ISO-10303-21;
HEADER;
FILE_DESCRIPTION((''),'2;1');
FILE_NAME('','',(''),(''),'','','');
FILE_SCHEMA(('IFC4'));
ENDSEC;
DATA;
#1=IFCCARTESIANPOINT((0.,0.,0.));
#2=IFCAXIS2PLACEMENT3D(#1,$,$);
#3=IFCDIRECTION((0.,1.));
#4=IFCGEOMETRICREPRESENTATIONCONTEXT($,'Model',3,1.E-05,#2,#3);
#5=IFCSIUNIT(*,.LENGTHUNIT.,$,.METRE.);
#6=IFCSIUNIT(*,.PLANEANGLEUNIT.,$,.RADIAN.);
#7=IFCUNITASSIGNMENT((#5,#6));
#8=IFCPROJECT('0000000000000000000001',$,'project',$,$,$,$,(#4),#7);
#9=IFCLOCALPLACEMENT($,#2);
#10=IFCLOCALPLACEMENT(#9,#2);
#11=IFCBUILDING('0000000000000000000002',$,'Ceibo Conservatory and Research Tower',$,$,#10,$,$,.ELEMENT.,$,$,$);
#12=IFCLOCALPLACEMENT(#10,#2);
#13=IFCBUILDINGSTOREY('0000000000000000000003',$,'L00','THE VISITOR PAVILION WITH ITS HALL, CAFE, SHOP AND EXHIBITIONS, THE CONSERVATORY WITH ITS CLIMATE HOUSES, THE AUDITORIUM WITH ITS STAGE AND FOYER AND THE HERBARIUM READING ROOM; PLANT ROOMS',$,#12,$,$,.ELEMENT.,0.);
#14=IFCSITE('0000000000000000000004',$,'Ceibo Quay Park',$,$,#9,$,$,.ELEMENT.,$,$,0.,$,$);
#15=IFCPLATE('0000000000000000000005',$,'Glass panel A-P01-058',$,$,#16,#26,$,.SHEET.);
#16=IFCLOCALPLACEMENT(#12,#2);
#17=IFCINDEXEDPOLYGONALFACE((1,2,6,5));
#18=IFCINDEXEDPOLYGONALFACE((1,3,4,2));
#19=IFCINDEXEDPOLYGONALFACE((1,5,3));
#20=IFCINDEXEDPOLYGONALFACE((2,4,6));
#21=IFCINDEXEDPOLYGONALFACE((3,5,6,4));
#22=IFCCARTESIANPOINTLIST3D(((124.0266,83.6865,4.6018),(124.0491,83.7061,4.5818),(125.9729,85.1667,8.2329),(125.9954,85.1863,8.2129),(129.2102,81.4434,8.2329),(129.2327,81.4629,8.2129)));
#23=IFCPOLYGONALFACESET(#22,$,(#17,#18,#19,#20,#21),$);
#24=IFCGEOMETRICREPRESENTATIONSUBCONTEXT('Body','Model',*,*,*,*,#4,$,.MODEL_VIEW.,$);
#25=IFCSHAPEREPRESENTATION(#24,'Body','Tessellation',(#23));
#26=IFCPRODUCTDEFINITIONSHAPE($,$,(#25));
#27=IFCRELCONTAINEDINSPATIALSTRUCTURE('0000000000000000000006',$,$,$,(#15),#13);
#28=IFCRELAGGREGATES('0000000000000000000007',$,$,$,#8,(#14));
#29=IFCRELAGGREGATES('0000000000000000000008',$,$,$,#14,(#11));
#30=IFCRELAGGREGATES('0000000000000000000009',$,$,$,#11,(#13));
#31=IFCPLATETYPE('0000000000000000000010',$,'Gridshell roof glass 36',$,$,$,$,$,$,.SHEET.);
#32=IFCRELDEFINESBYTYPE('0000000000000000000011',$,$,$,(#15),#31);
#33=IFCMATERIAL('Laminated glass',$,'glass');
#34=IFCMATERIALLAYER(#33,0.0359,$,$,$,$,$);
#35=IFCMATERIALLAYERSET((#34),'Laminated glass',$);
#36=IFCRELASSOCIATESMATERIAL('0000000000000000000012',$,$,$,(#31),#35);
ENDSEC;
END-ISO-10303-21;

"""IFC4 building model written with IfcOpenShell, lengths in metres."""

from ifc_helpers import new_model, si_unit, direction, frame, origin, place, context, subcontext, project, spatial, polyline, outline, extrude, material, layer, layer_set, type_object, element, save


model = new_model("IFC4")

# Units and contexts
model_context = context("Model", 3, precision=1e-05, world=origin(), true_north=direction((0.0, 1.0)))
body_context = subcontext(model_context, "Body", "Model", "MODEL_VIEW")
ifc_project = project(units=[si_unit("LENGTHUNIT", "METRE"), si_unit("PLANEANGLEUNIT", "RADIAN")], contexts=[model_context])

# Site, building, storey
site_placement = place(None, origin())
site = spatial("IfcSite", under=ifc_project, at=site_placement, Name="Ceibo Quay Park", CompositionType="ELEMENT", RefElevation=0.0)
building_placement = place(site_placement, origin())
building = spatial("IfcBuilding", under=site, at=building_placement, Name="Ceibo Conservatory and Research Tower", CompositionType="ELEMENT")
storey_placement = place(building_placement, origin())
storey = spatial("IfcBuildingStorey", under=building, at=storey_placement, Name="L00", Description="THE VISITOR PAVILION WITH ITS HALL, CAFE, SHOP AND EXHIBITIONS, THE CONSERVATORY WITH ITS CLIMATE HOUSES, THE AUDITORIUM WITH ITS STAGE AND FOYER AND THE HERBARIUM READING ROOM; PLANT ROOMS", CompositionType="ELEMENT", Elevation=0.0)

# Shared definitions
ifc_material_1 = material(Name="Laminated glass", Category="glass")

# Plate
ifc_layer_1 = layer(ifc_material_1, 0.0359)
ifc_layer_set_1 = layer_set([ifc_layer_1], Name="Laminated glass")
plate_type_1 = type_object("IfcPlateType", Name="Gridshell roof glass 36", PredefinedType="SHEET", material=ifc_layer_set_1)
plate_1_placement = place(storey_placement, frame((124.0266, 83.6865, 4.6018), z_axis=(-0.626369, -0.544597, 0.557742), x_axis=(0.771984, -0.334071, 0.540774)))
element("IfcPlate", 1, at=plate_1_placement, inside=storey, type_object=plate_type_1, Name="Glass panel A-P01-058", PredefinedType="SHEET", context=body_context, shape_type="SweptSolid", body=[
    extrude(outline(polyline([(0.0, 0.0), (6.7146, 0.0), (2.9716, 3.2146), (0.0, 0.0)])), origin(), (0.0, 0.0, -1.0), 0.0359),
])

save(model, "model.ifc")
